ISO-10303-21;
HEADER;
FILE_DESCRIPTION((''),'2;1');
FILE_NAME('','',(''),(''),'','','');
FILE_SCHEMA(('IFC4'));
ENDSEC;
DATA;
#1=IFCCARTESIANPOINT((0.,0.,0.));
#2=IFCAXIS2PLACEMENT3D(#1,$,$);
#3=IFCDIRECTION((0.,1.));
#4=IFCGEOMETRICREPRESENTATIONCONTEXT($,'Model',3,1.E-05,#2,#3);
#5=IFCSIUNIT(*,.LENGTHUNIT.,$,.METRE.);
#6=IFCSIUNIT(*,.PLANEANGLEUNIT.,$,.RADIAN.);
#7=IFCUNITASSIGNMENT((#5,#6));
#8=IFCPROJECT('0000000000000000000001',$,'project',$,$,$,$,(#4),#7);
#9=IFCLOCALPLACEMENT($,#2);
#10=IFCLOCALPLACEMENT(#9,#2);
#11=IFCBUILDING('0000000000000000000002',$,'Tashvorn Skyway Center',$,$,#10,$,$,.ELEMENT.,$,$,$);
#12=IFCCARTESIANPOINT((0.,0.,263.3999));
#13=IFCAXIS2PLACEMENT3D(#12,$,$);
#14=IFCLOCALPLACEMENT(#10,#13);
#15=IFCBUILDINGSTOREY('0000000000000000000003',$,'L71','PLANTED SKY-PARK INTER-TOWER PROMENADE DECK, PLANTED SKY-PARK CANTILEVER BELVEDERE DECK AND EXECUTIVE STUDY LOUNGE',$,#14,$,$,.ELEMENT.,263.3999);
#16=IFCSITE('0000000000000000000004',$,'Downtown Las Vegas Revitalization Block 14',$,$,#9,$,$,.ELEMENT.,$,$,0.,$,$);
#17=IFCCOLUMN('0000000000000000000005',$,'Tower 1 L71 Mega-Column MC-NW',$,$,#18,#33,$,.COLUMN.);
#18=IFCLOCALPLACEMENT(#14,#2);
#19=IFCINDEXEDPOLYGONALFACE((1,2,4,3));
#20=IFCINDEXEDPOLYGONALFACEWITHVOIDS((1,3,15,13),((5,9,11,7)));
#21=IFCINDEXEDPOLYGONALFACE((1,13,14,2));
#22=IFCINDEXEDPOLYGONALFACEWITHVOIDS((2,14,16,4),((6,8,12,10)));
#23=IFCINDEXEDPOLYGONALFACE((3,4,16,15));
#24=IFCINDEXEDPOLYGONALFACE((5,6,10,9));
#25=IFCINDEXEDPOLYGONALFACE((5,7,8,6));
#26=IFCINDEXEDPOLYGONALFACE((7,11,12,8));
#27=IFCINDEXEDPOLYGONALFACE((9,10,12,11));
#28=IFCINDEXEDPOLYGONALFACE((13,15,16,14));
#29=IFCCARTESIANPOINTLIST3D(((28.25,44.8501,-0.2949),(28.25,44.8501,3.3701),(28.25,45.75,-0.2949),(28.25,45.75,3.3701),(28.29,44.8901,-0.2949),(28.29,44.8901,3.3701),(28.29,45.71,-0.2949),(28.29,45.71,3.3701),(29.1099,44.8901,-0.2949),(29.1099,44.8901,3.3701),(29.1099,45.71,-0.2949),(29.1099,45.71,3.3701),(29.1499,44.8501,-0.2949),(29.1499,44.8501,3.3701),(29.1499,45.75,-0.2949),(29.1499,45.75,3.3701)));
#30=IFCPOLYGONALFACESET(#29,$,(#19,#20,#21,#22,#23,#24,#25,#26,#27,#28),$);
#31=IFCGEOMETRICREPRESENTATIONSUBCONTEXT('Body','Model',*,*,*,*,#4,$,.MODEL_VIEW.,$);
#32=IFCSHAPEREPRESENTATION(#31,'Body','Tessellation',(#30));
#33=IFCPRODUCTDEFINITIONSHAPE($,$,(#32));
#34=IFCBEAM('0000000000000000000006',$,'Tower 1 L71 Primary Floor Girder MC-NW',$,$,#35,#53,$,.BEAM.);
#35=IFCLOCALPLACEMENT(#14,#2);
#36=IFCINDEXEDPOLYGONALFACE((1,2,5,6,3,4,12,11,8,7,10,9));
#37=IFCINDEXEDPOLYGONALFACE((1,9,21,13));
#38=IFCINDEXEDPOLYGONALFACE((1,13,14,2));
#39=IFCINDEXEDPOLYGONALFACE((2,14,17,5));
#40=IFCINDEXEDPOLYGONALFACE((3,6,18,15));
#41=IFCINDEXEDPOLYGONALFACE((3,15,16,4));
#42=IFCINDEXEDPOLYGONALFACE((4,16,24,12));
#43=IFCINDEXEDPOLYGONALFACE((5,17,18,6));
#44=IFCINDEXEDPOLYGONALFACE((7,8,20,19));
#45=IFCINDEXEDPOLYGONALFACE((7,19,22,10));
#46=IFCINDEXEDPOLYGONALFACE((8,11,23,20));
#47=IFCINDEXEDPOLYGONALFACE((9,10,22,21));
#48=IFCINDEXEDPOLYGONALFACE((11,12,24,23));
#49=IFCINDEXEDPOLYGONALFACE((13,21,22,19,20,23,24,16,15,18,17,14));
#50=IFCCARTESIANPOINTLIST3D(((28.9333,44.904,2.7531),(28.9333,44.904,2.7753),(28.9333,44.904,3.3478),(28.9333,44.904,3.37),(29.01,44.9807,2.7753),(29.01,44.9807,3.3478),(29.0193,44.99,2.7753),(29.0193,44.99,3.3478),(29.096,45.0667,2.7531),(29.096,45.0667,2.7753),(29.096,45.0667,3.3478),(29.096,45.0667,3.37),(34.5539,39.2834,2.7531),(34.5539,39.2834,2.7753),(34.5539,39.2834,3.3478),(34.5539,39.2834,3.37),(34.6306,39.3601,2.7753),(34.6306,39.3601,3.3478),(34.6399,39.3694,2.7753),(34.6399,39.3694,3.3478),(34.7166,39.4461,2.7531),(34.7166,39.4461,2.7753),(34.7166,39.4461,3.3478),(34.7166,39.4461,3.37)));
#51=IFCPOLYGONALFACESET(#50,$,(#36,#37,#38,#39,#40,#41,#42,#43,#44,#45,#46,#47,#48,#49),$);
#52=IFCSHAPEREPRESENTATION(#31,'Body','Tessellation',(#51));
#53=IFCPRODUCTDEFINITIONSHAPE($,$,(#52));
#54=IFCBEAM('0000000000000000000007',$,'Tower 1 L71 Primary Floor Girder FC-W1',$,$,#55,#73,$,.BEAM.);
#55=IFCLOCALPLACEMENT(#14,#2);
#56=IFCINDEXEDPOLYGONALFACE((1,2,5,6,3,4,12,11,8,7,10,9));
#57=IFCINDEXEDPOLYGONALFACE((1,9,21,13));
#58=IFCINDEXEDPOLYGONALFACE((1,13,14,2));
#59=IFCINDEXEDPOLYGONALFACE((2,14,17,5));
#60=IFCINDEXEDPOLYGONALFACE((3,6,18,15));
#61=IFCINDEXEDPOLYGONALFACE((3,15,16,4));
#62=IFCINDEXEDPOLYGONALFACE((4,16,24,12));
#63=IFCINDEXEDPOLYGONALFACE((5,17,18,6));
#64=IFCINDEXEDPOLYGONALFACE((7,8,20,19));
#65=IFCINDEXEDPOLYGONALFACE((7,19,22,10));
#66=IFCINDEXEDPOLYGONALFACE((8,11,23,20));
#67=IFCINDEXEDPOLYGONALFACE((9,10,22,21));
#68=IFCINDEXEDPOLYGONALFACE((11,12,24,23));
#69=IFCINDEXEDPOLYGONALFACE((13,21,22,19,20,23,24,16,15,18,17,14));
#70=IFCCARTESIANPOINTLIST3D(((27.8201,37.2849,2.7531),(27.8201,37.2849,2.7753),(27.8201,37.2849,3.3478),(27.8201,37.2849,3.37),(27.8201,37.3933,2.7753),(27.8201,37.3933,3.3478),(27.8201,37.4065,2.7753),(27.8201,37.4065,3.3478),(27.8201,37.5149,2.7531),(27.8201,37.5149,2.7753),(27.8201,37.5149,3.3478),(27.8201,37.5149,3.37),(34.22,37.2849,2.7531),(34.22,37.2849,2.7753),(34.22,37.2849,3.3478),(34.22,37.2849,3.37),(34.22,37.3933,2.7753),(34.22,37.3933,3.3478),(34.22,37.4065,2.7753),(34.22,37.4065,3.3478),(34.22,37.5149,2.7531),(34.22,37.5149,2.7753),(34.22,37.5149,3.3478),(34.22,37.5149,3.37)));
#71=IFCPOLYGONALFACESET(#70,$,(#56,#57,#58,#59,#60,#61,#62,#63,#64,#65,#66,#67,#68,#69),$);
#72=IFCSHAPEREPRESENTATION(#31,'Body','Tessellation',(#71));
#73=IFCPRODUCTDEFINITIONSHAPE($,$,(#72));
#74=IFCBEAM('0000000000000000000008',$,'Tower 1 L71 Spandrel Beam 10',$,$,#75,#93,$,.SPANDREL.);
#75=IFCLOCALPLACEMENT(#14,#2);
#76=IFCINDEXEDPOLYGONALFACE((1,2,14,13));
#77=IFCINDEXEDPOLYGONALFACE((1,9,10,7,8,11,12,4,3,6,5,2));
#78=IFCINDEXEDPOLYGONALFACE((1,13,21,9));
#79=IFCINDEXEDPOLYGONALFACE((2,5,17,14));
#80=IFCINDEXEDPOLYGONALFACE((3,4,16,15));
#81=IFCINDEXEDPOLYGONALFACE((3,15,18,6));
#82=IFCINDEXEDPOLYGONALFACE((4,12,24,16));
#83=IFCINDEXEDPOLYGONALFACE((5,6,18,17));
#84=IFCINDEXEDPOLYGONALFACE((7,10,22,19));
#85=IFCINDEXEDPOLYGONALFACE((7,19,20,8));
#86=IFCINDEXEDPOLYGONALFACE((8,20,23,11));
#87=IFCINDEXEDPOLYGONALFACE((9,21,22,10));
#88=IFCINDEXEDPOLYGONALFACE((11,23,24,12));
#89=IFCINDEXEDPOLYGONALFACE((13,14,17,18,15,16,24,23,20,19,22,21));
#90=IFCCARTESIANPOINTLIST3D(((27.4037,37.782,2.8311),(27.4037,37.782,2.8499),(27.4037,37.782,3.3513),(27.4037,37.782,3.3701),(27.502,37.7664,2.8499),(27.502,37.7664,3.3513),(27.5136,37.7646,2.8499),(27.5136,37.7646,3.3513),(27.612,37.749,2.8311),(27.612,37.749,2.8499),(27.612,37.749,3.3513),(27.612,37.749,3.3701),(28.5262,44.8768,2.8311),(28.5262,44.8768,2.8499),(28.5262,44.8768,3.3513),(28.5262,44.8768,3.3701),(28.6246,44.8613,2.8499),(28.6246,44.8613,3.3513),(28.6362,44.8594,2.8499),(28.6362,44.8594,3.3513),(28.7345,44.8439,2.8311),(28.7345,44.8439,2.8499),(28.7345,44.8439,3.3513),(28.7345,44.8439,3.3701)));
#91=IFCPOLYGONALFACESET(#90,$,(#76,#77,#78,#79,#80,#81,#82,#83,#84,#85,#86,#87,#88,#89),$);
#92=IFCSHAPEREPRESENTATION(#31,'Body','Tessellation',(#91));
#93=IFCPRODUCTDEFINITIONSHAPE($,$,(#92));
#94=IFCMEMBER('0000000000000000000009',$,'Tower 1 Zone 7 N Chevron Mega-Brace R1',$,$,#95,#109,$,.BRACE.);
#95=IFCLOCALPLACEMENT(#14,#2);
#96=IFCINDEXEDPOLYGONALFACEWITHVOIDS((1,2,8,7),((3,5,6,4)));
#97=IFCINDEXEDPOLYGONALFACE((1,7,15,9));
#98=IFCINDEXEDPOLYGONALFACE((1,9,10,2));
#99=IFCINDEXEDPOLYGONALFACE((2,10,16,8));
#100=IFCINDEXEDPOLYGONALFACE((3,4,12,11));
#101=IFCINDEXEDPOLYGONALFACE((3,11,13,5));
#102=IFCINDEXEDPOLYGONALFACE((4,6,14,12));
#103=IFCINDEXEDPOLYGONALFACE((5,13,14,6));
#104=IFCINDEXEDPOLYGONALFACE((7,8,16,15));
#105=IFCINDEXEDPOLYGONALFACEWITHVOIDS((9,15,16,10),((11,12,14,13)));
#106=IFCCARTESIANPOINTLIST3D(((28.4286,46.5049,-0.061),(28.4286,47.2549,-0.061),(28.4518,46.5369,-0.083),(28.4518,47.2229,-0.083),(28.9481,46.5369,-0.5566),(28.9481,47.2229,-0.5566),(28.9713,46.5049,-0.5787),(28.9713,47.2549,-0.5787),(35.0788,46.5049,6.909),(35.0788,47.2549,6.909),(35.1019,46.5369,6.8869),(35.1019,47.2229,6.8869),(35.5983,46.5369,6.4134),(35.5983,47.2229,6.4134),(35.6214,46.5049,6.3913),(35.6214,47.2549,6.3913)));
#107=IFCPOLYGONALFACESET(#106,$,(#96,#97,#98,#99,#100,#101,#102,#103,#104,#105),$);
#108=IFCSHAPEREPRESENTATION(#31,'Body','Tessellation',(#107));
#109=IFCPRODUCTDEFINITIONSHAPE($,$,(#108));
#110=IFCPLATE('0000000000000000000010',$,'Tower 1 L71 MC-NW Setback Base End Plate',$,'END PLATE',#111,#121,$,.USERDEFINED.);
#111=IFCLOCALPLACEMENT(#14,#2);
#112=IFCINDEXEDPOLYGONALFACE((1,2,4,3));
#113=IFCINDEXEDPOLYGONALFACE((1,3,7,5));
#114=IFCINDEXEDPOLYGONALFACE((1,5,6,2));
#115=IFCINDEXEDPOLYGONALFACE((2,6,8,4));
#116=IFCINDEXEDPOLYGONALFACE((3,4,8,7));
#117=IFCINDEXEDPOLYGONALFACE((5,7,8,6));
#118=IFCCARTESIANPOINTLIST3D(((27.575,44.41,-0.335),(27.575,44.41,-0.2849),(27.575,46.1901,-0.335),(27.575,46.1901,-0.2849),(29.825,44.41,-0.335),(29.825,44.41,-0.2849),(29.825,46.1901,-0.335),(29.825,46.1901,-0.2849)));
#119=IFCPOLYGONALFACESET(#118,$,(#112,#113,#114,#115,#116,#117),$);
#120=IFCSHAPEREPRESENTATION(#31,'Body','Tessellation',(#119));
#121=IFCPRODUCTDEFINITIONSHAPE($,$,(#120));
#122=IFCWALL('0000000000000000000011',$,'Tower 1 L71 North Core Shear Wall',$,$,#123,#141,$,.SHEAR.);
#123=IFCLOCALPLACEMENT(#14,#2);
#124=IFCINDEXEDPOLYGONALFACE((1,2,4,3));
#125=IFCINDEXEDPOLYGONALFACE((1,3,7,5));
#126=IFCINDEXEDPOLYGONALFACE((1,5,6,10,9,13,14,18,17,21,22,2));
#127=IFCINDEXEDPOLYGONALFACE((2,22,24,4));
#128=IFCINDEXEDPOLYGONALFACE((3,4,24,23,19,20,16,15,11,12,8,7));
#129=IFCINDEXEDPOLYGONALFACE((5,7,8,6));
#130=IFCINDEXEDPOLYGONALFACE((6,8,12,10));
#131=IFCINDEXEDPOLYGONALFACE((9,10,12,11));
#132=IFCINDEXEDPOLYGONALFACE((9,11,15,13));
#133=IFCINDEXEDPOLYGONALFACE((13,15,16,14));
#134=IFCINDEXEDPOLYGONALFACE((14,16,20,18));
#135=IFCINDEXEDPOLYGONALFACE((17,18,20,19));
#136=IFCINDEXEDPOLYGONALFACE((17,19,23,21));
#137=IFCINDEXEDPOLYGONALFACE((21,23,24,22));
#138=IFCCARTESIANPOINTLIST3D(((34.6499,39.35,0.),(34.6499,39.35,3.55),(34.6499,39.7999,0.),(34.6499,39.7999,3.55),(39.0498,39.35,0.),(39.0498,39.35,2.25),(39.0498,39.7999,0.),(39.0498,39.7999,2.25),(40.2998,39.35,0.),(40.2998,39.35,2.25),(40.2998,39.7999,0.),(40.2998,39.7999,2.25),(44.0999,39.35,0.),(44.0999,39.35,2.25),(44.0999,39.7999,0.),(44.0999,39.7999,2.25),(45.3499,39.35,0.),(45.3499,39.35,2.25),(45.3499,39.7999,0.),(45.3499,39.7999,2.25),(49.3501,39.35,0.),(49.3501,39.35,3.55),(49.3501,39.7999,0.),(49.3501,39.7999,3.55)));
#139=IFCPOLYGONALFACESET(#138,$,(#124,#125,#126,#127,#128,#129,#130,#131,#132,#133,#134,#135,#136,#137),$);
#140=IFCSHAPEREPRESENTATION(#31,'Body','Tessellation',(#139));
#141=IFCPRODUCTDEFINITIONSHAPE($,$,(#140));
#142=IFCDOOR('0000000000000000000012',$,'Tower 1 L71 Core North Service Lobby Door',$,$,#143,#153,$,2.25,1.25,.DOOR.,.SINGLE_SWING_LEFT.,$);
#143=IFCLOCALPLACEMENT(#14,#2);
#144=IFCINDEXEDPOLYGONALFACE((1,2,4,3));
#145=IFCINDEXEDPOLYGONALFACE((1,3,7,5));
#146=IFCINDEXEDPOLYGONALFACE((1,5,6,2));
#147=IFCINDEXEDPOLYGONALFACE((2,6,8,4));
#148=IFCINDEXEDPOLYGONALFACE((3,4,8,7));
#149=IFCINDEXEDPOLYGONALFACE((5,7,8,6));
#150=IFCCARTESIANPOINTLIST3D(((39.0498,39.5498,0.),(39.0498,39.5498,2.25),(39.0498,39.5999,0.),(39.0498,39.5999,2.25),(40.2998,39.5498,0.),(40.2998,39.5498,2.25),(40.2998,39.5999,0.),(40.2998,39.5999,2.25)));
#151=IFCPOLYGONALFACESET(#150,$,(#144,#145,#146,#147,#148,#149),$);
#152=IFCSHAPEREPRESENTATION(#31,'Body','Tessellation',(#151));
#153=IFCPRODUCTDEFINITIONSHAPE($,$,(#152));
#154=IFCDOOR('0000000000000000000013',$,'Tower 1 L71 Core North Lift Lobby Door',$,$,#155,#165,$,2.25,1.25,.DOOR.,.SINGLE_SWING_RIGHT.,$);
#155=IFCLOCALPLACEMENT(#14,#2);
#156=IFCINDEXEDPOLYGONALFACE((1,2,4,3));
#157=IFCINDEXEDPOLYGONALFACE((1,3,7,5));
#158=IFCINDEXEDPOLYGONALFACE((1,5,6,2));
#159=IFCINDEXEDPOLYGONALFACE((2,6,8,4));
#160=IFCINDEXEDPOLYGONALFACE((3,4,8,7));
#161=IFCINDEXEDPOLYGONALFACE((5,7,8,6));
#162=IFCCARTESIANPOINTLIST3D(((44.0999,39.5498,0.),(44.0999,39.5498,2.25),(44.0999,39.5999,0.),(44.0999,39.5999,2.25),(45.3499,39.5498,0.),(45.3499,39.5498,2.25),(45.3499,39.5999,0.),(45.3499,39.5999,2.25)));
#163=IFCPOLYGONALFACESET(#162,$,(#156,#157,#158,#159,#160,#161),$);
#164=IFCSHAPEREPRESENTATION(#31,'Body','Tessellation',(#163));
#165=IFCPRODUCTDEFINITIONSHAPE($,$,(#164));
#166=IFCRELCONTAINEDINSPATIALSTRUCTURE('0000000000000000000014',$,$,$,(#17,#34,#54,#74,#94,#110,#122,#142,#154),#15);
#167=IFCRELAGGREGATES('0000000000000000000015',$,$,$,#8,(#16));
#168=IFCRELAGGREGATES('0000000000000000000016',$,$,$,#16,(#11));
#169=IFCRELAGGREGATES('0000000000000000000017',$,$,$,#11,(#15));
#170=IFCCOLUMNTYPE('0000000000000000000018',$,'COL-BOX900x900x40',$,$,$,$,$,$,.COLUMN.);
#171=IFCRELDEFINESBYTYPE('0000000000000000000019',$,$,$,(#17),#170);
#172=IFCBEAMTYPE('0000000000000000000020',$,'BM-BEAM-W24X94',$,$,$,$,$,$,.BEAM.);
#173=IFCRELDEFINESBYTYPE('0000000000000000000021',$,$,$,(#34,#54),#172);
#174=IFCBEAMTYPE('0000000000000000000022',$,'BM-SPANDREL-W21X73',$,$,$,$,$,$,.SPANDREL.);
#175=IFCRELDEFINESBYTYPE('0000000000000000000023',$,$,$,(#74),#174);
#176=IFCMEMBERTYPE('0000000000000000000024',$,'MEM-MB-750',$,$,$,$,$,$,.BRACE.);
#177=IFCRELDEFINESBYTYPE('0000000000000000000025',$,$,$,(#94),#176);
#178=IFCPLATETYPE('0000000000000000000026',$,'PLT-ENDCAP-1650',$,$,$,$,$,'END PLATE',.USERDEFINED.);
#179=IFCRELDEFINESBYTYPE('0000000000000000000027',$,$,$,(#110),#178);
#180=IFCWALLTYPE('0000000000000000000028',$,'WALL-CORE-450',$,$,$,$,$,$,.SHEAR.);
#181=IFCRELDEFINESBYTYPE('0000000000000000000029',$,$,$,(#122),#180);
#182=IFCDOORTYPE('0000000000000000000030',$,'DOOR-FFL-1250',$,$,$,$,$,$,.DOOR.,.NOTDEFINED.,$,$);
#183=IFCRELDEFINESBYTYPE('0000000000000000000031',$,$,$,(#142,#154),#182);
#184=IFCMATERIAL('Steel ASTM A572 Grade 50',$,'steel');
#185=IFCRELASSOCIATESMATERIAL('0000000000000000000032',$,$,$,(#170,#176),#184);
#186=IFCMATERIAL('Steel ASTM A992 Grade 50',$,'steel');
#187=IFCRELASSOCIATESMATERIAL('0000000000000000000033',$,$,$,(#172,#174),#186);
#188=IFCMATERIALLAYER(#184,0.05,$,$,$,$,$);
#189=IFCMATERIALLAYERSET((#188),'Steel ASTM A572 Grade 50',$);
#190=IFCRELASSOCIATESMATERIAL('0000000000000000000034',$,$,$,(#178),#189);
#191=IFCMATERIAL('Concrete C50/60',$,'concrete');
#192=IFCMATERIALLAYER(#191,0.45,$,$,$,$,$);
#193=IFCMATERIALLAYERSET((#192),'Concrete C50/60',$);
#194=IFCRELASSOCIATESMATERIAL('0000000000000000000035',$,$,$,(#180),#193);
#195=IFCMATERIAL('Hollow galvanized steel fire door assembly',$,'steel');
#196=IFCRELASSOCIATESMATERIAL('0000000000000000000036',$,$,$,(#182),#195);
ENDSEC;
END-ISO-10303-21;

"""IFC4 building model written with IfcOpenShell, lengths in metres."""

from ifc_helpers import new_model, si_unit, direction, frame, frame_2d, origin, origin_2d, place, context, subcontext, project, spatial, rectangle, hollow_rectangle, i_section, extrude, material, layer, layer_set, material_profile, profile_set, type_object, element, fill, save


model = new_model("IFC4")

# Units and contexts
model_context = context("Model", 3, precision=1e-05, world=origin(), true_north=direction((0.0, 1.0)))
body_context = subcontext(model_context, "Body", "Model", "MODEL_VIEW")
ifc_project = project(units=[si_unit("LENGTHUNIT", "METRE"), si_unit("PLANEANGLEUNIT", "RADIAN")], contexts=[model_context])

# Site, building, storey
site_placement = place(None, origin())
site = spatial("IfcSite", under=ifc_project, at=site_placement, Name="Downtown Las Vegas Revitalization Block 14", CompositionType="ELEMENT", RefElevation=0.0)
building_placement = place(site_placement, origin())
building = spatial("IfcBuilding", under=site, at=building_placement, Name="Tashvorn Skyway Center", CompositionType="ELEMENT")
storey_placement = place(building_placement, frame((0.0, 0.0, 263.3999)))
storey = spatial("IfcBuildingStorey", under=building, at=storey_placement, Name="L71", Description="PLANTED SKY-PARK INTER-TOWER PROMENADE DECK, PLANTED SKY-PARK CANTILEVER BELVEDERE DECK AND EXECUTIVE STUDY LOUNGE", CompositionType="ELEMENT", Elevation=263.3999)

# Column
ifc_material_1 = material(Name="Steel ASTM A572 Grade 50", Category="steel")
ifc_material_profile_1 = material_profile(ifc_material_1, hollow_rectangle(XDim=0.8999, YDim=0.8999, WallThickness=0.04, at=origin_2d()), Name="BOX900x900x40")
ifc_profile_set_1 = profile_set([ifc_material_profile_1], Name="Steel ASTM A572 Grade 50")
column_type = type_object("IfcColumnType", Name="COL-BOX900x900x40", PredefinedType="COLUMN", material=ifc_profile_set_1)
column_placement = place(storey_placement, frame((28.7, 45.3, -0.2949), z_axis=(0.0, 0.0, 1.0), x_axis=(1.0, 0.0, 0.0)))
element("IfcColumn", 1, at=column_placement, inside=storey, type_object=column_type, Name="Tower 1 L71 Mega-Column MC-NW", PredefinedType="COLUMN", context=body_context, shape_type="SweptSolid", body=[
    extrude(hollow_rectangle(XDim=0.8999, YDim=0.8999, WallThickness=0.04, at=origin_2d()), origin(), (0.0, 0.0, 1.0), 3.665),
])

# Beams
ifc_material_2 = material(Name="Steel ASTM A992 Grade 50", Category="steel")
ifc_material_profile_2 = material_profile(ifc_material_2, i_section(OverallWidth=0.23, OverallDepth=0.6169, WebThickness=0.0132, FlangeThickness=0.0222, at=origin_2d()), Name="W24X94")
ifc_profile_set_2 = profile_set([ifc_material_profile_2], Name="Steel ASTM A992 Grade 50")
beam_type_1 = type_object("IfcBeamType", Name="BM-BEAM-W24X94", PredefinedType="BEAM", material=ifc_profile_set_2)
beam_1_placement = place(storey_placement, frame((29.0146, 44.9854, 3.0615), z_axis=(0.707107, -0.707107, 0.0), x_axis=(0.707107, 0.707107, 0.0)))
element("IfcBeam", 2, at=beam_1_placement, inside=storey, type_object=beam_type_1, Name="Tower 1 L71 Primary Floor Girder MC-NW", PredefinedType="BEAM", context=body_context, shape_type="SweptSolid", body=[
    extrude(i_section(OverallWidth=0.23, OverallDepth=0.6169, WebThickness=0.0132, FlangeThickness=0.0222, at=origin_2d()), origin(), (0.0, 0.0, 1.0), 7.9487),
])
beam_2_placement = place(storey_placement, frame((27.8201, 37.3999, 3.0615), z_axis=(1.0, 0.0, 0.0), x_axis=(0.0, 1.0, 0.0)))
element("IfcBeam", 3, at=beam_2_placement, inside=storey, type_object=beam_type_1, Name="Tower 1 L71 Primary Floor Girder FC-W1", PredefinedType="BEAM", context=body_context, shape_type="SweptSolid", body=[
    extrude(i_section(OverallWidth=0.23, OverallDepth=0.6169, WebThickness=0.0132, FlangeThickness=0.0222, at=origin_2d()), origin(), (0.0, 0.0, 1.0), 6.3999),
])
ifc_material_profile_3 = material_profile(ifc_material_2, i_section(OverallWidth=0.2109, OverallDepth=0.5391, WebThickness=0.0117, FlangeThickness=0.0188, at=origin_2d()), Name="W21X73")
ifc_profile_set_3 = profile_set([ifc_material_profile_3], Name="Steel ASTM A992 Grade 50")
beam_type_2 = type_object("IfcBeamType", Name="BM-SPANDREL-W21X73", PredefinedType="SPANDREL", material=ifc_profile_set_3)
beam_3_placement = place(storey_placement, frame((28.6304, 44.8604, 3.1006), z_axis=(-0.156275, -0.987714, 0.0), x_axis=(0.987714, -0.156275, 0.0)))
element("IfcBeam", 4, at=beam_3_placement, inside=storey, type_object=beam_type_2, Name="Tower 1 L71 Spandrel Beam 10", PredefinedType="SPANDREL", context=body_context, shape_type="SweptSolid", body=[
    extrude(i_section(OverallWidth=0.2109, OverallDepth=0.5391, WebThickness=0.0117, FlangeThickness=0.0188, at=origin_2d()), origin(), (0.0, 0.0, 1.0), 7.1831),
])

# Member
ifc_material_profile_4 = material_profile(ifc_material_1, hollow_rectangle(XDim=0.75, YDim=0.75, WallThickness=0.032, at=origin_2d()), Name="BOX750x750x32")
ifc_profile_set_4 = profile_set([ifc_material_profile_4], Name="Steel ASTM A572 Grade 50")
member_type = type_object("IfcMemberType", Name="MEM-MB-750", PredefinedType="BRACE", material=ifc_profile_set_4)
member_placement = place(storey_placement, frame((28.7, 46.8799, -0.3198), z_axis=(0.690312, 0.0, 0.723511), x_axis=(0.0, 1.0, 0.0)))
element("IfcMember", 5, at=member_placement, inside=storey, type_object=member_type, Name="Tower 1 Zone 7 N Chevron Mega-Brace R1", PredefinedType="BRACE", context=body_context, shape_type="SweptSolid", body=[
    extrude(hollow_rectangle(XDim=0.75, YDim=0.75, WallThickness=0.032, at=origin_2d()), origin(), (0.0, 0.0, 1.0), 9.6335),
])

# Plate
ifc_layer_1 = layer(ifc_material_1, 0.05)
ifc_layer_set_1 = layer_set([ifc_layer_1], Name="Steel ASTM A572 Grade 50")
plate_type = type_object("IfcPlateType", Name="PLT-ENDCAP-1650", ElementType="END PLATE", PredefinedType="USERDEFINED", material=ifc_layer_set_1)
plate_placement = place(storey_placement, frame((28.7, 45.3, -0.335), z_axis=(0.0, 0.0, 1.0), x_axis=(1.0, 0.0, 0.0)))
element("IfcPlate", 6, at=plate_placement, inside=storey, type_object=plate_type, Name="Tower 1 L71 MC-NW Setback Base End Plate", ObjectType="END PLATE", PredefinedType="USERDEFINED", context=body_context, shape_type="SweptSolid", body=[
    extrude(rectangle(XDim=2.25, YDim=1.78, at=origin_2d()), origin(), (0.0, 0.0, 1.0), 0.05),
])

# Wall, openings, doors
ifc_material_3 = material(Name="Concrete C50/60", Category="concrete")
ifc_layer_2 = layer(ifc_material_3, 0.45)
ifc_layer_set_2 = layer_set([ifc_layer_2], Name="Concrete C50/60")
wall_type_1 = type_object("IfcWallType", Name="WALL-CORE-450", PredefinedType="SHEAR", material=ifc_layer_set_2)
wall_1_placement = place(storey_placement, frame((34.6499, 39.575, 0.0), z_axis=(0.0, 0.0, 1.0), x_axis=(1.0, 0.0, 0.0)))
wall_1 = element("IfcWall", 7, at=wall_1_placement, inside=storey, type_object=wall_type_1, Name="Tower 1 L71 North Core Shear Wall", PredefinedType="SHEAR", context=body_context, shape_type="SweptSolid", body=[
    extrude(rectangle(XDim=14.7002, YDim=0.45, at=frame_2d((7.3501, 0.0))), origin(), (0.0, 0.0, 1.0), 3.55),
])
opening_1_placement = place(wall_1_placement, frame((4.3999, 0.0, 0.0)))
opening_1 = element("IfcOpeningElement", 8, at=opening_1_placement, cuts=wall_1, PredefinedType="OPENING", context=body_context, shape_type="SweptSolid", body=[
    extrude(rectangle(XDim=1.25, YDim=2.25, at=frame_2d((0.625, 1.125))), frame((0.0, 0.2349, 0.0), z_axis=(0.0, -1.0, 0.0), x_axis=(1.0, 0.0, 0.0)), (0.0, 0.0, 1.0), 0.47),
])
opening_2_placement = place(wall_1_placement, frame((9.45, 0.0, 0.0)))
opening_2 = element("IfcOpeningElement", 9, at=opening_2_placement, cuts=wall_1, PredefinedType="OPENING", context=body_context, shape_type="SweptSolid", body=[
    extrude(rectangle(XDim=1.25, YDim=2.25, at=frame_2d((0.625, 1.125))), frame((0.0, 0.2349, 0.0), z_axis=(0.0, -1.0, 0.0), x_axis=(1.0, 0.0, 0.0)), (0.0, 0.0, 1.0), 0.47),
])
ifc_material_4 = material(Name="Hollow galvanized steel fire door assembly", Category="steel")
door_type_1 = type_object("IfcDoorType", Name="DOOR-FFL-1250", OperationType="NOTDEFINED", PredefinedType="DOOR", material=ifc_material_4)
door_1_placement = place(opening_1_placement, origin())
door_1 = element("IfcDoor", 10, at=door_1_placement, inside=storey, type_object=door_type_1, Name="Tower 1 L71 Core North Service Lobby Door", OperationType="SINGLE_SWING_LEFT", OverallHeight=2.25, OverallWidth=1.25, PredefinedType="DOOR", context=body_context, shape_type="SweptSolid", body=[
    extrude(rectangle(XDim=1.25, YDim=2.25, at=frame_2d((0.625, 1.125))), frame((0.0, 0.0249, 0.0), z_axis=(0.0, -1.0, 0.0), x_axis=(1.0, 0.0, 0.0)), (0.0, 0.0, 1.0), 0.05),
])
fill(opening_1, door_1)
door_2_placement = place(opening_2_placement, origin())
door_2 = element("IfcDoor", 11, at=door_2_placement, inside=storey, type_object=door_type_1, Name="Tower 1 L71 Core North Lift Lobby Door", OperationType="SINGLE_SWING_RIGHT", OverallHeight=2.25, OverallWidth=1.25, PredefinedType="DOOR", context=body_context, shape_type="SweptSolid", body=[
    extrude(rectangle(XDim=1.25, YDim=2.25, at=frame_2d((0.625, 1.125))), frame((0.0, 0.0249, 0.0), z_axis=(0.0, -1.0, 0.0), x_axis=(1.0, 0.0, 0.0)), (0.0, 0.0, 1.0), 0.05),
])
fill(opening_2, door_2)

save(model, "model.ifc")
